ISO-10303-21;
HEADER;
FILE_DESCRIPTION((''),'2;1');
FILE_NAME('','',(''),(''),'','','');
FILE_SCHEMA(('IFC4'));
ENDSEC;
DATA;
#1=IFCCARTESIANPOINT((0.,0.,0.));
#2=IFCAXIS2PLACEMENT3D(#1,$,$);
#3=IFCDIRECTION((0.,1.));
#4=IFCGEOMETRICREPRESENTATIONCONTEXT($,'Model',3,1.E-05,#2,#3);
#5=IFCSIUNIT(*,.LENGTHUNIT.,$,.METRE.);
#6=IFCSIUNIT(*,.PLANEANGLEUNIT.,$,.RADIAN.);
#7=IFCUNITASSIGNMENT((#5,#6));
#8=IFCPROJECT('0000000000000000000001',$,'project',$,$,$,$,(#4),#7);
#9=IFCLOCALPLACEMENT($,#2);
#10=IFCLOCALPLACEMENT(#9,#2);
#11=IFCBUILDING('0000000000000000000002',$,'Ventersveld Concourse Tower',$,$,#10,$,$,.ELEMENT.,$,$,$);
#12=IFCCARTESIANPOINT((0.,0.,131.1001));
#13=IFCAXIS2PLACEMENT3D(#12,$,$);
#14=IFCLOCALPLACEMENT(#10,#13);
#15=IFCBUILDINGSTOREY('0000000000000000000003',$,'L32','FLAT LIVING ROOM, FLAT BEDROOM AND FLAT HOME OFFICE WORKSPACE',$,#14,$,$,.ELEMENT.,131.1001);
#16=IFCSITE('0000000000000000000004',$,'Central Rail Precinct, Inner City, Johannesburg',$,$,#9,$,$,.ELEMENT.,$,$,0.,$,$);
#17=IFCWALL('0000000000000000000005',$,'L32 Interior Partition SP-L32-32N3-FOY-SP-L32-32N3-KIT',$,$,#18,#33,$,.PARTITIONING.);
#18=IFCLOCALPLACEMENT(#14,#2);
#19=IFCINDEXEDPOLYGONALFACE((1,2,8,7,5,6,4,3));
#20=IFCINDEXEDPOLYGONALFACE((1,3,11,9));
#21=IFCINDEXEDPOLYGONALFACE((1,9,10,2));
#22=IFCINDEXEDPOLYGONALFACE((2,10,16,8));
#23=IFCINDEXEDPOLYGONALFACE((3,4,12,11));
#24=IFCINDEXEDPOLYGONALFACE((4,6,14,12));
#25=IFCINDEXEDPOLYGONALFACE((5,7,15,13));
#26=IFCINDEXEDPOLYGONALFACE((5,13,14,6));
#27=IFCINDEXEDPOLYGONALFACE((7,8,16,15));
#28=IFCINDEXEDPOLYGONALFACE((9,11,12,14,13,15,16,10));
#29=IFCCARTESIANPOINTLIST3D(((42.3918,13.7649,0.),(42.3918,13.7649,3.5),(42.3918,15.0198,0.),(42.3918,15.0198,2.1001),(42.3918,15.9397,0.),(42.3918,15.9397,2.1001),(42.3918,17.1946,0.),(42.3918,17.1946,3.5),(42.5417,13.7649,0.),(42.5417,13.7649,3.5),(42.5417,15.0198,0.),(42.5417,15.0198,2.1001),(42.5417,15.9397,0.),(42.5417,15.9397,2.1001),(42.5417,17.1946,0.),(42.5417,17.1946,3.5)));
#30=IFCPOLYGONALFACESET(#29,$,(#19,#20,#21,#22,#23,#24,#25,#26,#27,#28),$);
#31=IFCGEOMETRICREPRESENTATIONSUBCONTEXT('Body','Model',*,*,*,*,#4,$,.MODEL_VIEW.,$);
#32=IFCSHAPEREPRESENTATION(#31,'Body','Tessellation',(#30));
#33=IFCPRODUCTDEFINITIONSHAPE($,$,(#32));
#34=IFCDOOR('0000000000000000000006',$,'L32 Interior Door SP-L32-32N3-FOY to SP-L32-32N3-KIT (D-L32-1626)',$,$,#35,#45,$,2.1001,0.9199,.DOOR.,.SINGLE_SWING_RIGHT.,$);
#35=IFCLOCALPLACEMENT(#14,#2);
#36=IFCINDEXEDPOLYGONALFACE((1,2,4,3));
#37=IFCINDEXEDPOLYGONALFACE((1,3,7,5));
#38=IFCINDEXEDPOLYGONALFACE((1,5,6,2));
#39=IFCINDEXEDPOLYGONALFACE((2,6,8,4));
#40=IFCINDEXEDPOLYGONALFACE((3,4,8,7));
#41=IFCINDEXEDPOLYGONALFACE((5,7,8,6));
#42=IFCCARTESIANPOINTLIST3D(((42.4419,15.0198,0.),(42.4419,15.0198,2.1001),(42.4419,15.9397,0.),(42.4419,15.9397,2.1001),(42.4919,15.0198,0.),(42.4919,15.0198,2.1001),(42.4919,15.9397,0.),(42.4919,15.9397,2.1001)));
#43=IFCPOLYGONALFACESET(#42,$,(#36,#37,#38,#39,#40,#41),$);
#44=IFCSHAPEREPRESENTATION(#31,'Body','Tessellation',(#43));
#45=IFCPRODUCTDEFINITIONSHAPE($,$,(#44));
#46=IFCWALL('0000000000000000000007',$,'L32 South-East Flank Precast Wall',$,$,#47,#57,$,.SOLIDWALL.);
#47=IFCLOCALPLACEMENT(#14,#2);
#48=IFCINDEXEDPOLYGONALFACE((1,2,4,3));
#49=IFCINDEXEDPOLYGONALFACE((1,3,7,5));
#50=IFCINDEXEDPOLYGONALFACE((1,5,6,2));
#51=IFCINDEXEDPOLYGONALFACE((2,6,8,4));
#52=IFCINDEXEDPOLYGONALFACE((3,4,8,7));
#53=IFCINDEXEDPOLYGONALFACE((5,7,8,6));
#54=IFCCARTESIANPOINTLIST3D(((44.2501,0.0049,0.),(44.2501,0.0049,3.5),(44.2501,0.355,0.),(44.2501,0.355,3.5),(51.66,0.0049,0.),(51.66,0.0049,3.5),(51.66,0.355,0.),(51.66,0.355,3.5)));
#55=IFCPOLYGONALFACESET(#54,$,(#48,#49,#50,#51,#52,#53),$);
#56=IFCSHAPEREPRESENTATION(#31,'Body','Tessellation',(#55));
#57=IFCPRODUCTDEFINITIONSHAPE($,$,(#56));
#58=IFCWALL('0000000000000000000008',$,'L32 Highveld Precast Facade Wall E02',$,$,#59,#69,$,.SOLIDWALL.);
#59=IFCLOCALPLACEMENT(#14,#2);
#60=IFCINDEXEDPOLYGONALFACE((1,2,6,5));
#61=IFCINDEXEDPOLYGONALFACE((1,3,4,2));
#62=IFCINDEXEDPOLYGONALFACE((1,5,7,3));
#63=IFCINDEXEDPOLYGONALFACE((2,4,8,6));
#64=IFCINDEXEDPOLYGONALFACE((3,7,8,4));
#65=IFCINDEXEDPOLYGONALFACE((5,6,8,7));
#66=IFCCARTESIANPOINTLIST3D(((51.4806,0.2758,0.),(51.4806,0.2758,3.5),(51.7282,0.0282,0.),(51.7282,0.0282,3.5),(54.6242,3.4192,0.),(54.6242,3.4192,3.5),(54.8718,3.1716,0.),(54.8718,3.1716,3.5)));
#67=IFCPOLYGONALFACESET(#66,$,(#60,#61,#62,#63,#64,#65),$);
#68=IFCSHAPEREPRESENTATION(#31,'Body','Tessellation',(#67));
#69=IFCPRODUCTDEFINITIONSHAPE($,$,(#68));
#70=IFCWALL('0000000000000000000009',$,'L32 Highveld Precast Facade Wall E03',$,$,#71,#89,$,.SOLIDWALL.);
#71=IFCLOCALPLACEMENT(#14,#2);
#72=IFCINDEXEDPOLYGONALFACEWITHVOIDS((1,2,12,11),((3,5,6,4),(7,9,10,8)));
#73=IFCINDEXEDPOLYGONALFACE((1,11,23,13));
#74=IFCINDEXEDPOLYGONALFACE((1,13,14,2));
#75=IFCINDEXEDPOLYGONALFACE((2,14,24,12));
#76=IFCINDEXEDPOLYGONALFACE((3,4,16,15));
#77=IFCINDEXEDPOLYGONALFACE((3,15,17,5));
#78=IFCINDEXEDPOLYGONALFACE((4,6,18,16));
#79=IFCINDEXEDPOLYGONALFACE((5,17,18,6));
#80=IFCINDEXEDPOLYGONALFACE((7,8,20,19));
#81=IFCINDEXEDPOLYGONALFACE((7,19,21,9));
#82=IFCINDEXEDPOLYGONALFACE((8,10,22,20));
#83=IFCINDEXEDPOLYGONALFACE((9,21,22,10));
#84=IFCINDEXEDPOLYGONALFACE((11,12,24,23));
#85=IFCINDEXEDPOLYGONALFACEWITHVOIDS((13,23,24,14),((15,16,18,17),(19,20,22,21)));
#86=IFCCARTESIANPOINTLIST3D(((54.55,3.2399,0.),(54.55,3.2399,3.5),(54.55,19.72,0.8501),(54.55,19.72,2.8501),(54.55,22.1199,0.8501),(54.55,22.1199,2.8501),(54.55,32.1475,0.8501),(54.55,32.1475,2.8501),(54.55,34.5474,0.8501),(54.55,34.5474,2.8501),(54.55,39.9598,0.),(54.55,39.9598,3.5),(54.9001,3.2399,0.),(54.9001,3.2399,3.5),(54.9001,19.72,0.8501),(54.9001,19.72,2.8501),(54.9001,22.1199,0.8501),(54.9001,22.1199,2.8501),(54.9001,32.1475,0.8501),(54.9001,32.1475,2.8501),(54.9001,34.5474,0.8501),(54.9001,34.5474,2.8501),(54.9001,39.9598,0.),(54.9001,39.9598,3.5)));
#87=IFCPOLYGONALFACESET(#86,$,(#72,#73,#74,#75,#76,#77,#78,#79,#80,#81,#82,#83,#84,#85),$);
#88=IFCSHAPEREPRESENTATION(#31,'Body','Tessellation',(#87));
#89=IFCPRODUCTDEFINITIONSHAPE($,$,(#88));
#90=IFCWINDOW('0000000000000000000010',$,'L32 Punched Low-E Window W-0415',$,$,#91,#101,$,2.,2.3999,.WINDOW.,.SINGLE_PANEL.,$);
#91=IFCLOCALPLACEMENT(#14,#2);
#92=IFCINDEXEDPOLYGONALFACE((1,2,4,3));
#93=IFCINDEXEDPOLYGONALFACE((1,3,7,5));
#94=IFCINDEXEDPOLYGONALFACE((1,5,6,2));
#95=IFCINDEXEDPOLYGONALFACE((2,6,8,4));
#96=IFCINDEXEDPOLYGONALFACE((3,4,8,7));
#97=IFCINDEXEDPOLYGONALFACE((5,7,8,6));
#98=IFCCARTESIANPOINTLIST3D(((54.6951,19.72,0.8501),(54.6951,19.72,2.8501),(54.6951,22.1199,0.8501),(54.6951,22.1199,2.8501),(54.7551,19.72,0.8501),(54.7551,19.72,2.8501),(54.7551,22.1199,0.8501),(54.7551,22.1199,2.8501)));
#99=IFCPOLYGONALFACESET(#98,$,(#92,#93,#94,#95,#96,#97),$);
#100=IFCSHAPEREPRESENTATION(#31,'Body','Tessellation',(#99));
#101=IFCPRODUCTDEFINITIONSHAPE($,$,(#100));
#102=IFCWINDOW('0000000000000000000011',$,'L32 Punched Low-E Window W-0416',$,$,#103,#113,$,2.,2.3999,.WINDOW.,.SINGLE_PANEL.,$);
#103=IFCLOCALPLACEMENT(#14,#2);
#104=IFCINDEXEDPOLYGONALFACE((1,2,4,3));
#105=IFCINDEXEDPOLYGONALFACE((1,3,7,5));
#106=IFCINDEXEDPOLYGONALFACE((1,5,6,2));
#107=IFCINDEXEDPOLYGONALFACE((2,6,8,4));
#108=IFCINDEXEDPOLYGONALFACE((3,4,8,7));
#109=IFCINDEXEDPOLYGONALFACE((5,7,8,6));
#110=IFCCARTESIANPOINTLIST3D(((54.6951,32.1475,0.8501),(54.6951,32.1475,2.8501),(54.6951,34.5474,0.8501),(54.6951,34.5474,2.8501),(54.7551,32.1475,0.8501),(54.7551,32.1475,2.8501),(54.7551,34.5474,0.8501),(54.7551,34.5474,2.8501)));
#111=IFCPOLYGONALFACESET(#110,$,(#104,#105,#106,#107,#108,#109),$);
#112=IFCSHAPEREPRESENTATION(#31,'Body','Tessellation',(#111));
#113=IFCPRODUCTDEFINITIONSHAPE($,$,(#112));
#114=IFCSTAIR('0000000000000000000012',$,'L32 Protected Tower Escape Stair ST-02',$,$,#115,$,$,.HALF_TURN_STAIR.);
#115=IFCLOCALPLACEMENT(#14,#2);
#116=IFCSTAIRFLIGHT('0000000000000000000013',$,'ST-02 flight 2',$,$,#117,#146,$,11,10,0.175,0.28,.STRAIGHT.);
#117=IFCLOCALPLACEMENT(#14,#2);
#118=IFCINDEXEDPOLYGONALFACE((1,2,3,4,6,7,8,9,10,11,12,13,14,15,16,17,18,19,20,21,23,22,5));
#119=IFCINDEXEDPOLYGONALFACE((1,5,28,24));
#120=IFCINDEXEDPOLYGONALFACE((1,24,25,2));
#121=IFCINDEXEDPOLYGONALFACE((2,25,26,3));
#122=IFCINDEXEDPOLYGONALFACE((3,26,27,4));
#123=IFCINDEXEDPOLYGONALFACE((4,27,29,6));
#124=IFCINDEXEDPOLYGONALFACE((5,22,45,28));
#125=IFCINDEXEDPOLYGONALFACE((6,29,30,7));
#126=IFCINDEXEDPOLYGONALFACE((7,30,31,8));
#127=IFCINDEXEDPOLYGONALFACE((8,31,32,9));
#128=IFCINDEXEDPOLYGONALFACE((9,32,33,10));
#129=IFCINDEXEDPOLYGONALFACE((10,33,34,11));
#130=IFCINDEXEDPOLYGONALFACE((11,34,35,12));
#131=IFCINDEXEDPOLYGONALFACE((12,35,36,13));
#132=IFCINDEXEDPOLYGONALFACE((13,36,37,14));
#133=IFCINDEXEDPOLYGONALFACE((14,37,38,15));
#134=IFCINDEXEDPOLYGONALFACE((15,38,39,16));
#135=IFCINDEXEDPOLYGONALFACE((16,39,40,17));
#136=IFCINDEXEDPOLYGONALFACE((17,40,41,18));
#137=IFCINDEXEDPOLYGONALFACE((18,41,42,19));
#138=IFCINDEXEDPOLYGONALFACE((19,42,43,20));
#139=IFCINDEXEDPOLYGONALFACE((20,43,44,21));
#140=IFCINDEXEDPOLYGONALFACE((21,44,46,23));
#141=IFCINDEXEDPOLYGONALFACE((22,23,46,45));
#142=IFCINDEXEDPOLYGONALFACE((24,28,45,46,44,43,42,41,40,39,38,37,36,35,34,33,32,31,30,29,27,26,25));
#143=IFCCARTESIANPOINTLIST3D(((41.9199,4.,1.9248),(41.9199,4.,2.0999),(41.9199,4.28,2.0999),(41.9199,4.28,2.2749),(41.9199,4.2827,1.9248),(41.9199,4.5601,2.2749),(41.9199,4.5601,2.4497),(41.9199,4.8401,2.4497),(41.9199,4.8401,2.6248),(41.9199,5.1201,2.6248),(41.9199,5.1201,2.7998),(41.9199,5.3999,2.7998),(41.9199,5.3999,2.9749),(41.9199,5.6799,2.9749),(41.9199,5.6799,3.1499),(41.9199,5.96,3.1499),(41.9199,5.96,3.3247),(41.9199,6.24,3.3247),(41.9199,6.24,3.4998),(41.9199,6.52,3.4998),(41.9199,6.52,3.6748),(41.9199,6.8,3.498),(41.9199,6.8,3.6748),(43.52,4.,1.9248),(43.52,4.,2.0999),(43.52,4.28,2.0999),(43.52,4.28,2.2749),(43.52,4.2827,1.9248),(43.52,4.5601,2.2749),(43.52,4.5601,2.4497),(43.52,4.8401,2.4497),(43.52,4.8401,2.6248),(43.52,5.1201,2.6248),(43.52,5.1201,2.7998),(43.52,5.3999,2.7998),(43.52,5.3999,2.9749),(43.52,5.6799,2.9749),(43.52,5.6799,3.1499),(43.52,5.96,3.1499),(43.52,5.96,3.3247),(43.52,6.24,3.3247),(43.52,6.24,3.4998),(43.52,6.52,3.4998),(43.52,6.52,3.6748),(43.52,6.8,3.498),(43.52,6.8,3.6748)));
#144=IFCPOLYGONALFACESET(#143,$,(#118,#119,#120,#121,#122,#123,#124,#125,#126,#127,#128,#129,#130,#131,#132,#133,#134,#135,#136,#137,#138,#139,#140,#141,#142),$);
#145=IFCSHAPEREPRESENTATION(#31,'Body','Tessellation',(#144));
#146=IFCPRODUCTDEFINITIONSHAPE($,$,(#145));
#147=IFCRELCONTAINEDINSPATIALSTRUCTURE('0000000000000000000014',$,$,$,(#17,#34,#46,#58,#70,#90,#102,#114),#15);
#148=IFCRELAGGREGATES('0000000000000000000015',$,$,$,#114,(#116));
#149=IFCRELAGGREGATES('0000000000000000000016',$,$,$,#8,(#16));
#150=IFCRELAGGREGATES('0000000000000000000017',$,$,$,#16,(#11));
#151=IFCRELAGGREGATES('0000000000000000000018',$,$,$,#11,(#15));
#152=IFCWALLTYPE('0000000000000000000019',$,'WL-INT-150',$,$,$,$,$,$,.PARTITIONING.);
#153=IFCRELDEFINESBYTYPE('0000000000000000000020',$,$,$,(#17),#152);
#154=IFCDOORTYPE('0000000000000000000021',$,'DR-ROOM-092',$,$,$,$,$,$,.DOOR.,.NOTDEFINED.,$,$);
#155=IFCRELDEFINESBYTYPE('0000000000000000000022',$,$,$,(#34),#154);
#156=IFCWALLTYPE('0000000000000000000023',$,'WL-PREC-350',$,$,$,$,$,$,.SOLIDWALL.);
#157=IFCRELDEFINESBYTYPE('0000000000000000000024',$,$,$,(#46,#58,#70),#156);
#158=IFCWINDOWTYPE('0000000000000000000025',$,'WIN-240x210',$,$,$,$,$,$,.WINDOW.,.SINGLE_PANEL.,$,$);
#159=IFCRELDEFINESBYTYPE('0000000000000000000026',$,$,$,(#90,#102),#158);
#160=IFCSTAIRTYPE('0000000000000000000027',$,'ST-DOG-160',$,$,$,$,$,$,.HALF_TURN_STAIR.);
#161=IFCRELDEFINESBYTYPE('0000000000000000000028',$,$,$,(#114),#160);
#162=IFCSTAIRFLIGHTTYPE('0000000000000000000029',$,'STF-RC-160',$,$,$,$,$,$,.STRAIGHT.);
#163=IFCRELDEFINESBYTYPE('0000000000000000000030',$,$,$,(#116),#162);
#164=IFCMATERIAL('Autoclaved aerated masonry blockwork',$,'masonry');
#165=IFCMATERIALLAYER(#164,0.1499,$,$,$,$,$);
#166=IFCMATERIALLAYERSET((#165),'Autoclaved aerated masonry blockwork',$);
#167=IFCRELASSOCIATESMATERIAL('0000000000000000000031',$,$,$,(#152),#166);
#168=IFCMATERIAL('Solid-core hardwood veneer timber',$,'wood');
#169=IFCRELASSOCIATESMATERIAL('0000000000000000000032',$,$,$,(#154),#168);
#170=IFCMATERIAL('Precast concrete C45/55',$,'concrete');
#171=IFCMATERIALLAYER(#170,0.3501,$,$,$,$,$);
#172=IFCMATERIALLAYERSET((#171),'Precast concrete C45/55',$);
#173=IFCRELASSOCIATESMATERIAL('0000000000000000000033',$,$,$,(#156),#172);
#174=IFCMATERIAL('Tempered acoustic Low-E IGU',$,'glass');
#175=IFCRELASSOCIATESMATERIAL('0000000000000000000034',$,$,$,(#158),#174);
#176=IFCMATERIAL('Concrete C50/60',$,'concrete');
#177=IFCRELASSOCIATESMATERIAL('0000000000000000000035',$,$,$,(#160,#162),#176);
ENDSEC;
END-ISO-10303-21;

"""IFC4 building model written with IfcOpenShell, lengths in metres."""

from ifc_helpers import new_model, si_unit, direction, frame, frame_2d, origin, place, context, subcontext, project, spatial, polyline, rectangle, outline, extrude, material, layer, layer_set, type_object, element, fill, aggregate, save


model = new_model("IFC4")

# Units and contexts
model_context = context("Model", 3, precision=1e-05, world=origin(), true_north=direction((0.0, 1.0)))
body_context = subcontext(model_context, "Body", "Model", "MODEL_VIEW")
ifc_project = project(units=[si_unit("LENGTHUNIT", "METRE"), si_unit("PLANEANGLEUNIT", "RADIAN")], contexts=[model_context])

# Site, building, storey
site_placement = place(None, origin())
site = spatial("IfcSite", under=ifc_project, at=site_placement, Name="Central Rail Precinct, Inner City, Johannesburg", CompositionType="ELEMENT", RefElevation=0.0)
building_placement = place(site_placement, origin())
building = spatial("IfcBuilding", under=site, at=building_placement, Name="Ventersveld Concourse Tower", CompositionType="ELEMENT")
storey_placement = place(building_placement, frame((0.0, 0.0, 131.1001)))
storey = spatial("IfcBuildingStorey", under=building, at=storey_placement, Name="L32", Description="FLAT LIVING ROOM, FLAT BEDROOM AND FLAT HOME OFFICE WORKSPACE", CompositionType="ELEMENT", Elevation=131.1001)

# Shared definitions
ifc_material_1 = material(Name="Concrete C50/60", Category="concrete")

# Wall, opening, door
ifc_material_2 = material(Name="Autoclaved aerated masonry blockwork", Category="masonry")
ifc_layer_1 = layer(ifc_material_2, 0.1499)
ifc_layer_set_1 = layer_set([ifc_layer_1], Name="Autoclaved aerated masonry blockwork")
wall_type_1 = type_object("IfcWallType", Name="WL-INT-150", PredefinedType="PARTITIONING", material=ifc_layer_set_1)
wall_1_placement = place(storey_placement, frame((42.4668, 13.7649, 0.0), z_axis=(0.0, 0.0, 1.0), x_axis=(0.0, 1.0, 0.0)))
wall_1 = element("IfcWall", 1, at=wall_1_placement, inside=storey, type_object=wall_type_1, Name="L32 Interior Partition SP-L32-32N3-FOY-SP-L32-32N3-KIT", PredefinedType="PARTITIONING", context=body_context, shape_type="SweptSolid", body=[
    extrude(rectangle(XDim=3.4297, YDim=0.1499, at=frame_2d((1.7148, 0.0))), origin(), (0.0, 0.0, 1.0), 3.5),
])
opening_1_placement = place(wall_1_placement, frame((1.2549, 0.0, 0.0)))
opening_1 = element("IfcOpeningElement", 2, at=opening_1_placement, cuts=wall_1, PredefinedType="OPENING", context=body_context, shape_type="SweptSolid", body=[
    extrude(rectangle(XDim=0.9199, YDim=2.1001, at=frame_2d((0.46, 1.05))), frame((0.0, 0.085, 0.0), z_axis=(0.0, -1.0, 0.0), x_axis=(1.0, 0.0, 0.0)), (0.0, 0.0, 1.0), 0.1699),
])
ifc_material_3 = material(Name="Solid-core hardwood veneer timber", Category="wood")
door_type = type_object("IfcDoorType", Name="DR-ROOM-092", OperationType="NOTDEFINED", PredefinedType="DOOR", material=ifc_material_3)
door_placement = place(opening_1_placement, origin())
door = element("IfcDoor", 3, at=door_placement, inside=storey, type_object=door_type, Name="L32 Interior Door SP-L32-32N3-FOY to SP-L32-32N3-KIT (D-L32-1626)", OperationType="SINGLE_SWING_RIGHT", OverallHeight=2.1001, OverallWidth=0.9199, PredefinedType="DOOR", context=body_context, shape_type="SweptSolid", body=[
    extrude(rectangle(XDim=0.9199, YDim=2.1001, at=frame_2d((0.46, 1.05))), frame((0.0, 0.0249, 0.0), z_axis=(0.0, -1.0, 0.0), x_axis=(1.0, 0.0, 0.0)), (0.0, 0.0, 1.0), 0.05),
])
fill(opening_1, door)

# Walls
ifc_material_4 = material(Name="Precast concrete C45/55", Category="concrete")
ifc_layer_2 = layer(ifc_material_4, 0.3501)
ifc_layer_set_2 = layer_set([ifc_layer_2], Name="Precast concrete C45/55")
wall_type_2 = type_object("IfcWallType", Name="WL-PREC-350", PredefinedType="SOLIDWALL", material=ifc_layer_set_2)
wall_2_placement = place(storey_placement, frame((44.25, 0.1799, 0.0), z_axis=(0.0, 0.0, 1.0), x_axis=(1.0, 0.0, 0.0)))
element("IfcWall", 4, at=wall_2_placement, inside=storey, type_object=wall_type_2, Name="L32 South-East Flank Precast Wall", PredefinedType="SOLIDWALL", context=body_context, shape_type="SweptSolid", body=[
    extrude(rectangle(XDim=7.4099, YDim=0.3501, at=frame_2d((3.7051, 0.0))), origin(), (0.0, 0.0, 1.0), 3.5),
])
wall_3_placement = place(storey_placement, frame((51.6045, 0.1521, 0.0), z_axis=(0.0, 0.0, 1.0), x_axis=(0.707134, 0.707079, 0.0)))
element("IfcWall", 5, at=wall_3_placement, inside=storey, type_object=wall_type_2, Name="L32 Highveld Precast Facade Wall E02", PredefinedType="SOLIDWALL", context=body_context, shape_type="SweptSolid", body=[
    extrude(rectangle(XDim=4.4456, YDim=0.3501, at=frame_2d((2.2227, 0.0))), origin(), (0.0, 0.0, 1.0), 3.5),
])

# Wall, openings, windows
wall_4_placement = place(storey_placement, frame((54.7251, 3.24, 0.0), z_axis=(0.0, 0.0, 1.0), x_axis=(0.0, 1.0, 0.0)))
wall_4 = element("IfcWall", 6, at=wall_4_placement, inside=storey, type_object=wall_type_2, Name="L32 Highveld Precast Facade Wall E03", PredefinedType="SOLIDWALL", context=body_context, shape_type="SweptSolid", body=[
    extrude(rectangle(XDim=36.72, YDim=0.3501, at=frame_2d((18.3599, 0.0))), origin(), (0.0, 0.0, 1.0), 3.5),
])
opening_2_placement = place(wall_4_placement, frame((16.48, 0.0, 0.8501)))
opening_2 = element("IfcOpeningElement", 7, at=opening_2_placement, cuts=wall_4, PredefinedType="OPENING", context=body_context, shape_type="SweptSolid", body=[
    extrude(rectangle(XDim=2.3999, YDim=2.0, at=frame_2d((1.2, 1.0))), frame((0.0, 0.1851, 0.0), z_axis=(0.0, -1.0, 0.0), x_axis=(1.0, 0.0, 0.0)), (0.0, 0.0, 1.0), 0.3701),
])
opening_3_placement = place(wall_4_placement, frame((28.9075, 0.0, 0.8501)))
opening_3 = element("IfcOpeningElement", 8, at=opening_3_placement, cuts=wall_4, PredefinedType="OPENING", context=body_context, shape_type="SweptSolid", body=[
    extrude(rectangle(XDim=2.3999, YDim=2.0, at=frame_2d((1.2, 1.0))), frame((0.0, 0.1851, 0.0), z_axis=(0.0, -1.0, 0.0), x_axis=(1.0, 0.0, 0.0)), (0.0, 0.0, 1.0), 0.3701),
])
ifc_material_5 = material(Name="Tempered acoustic Low-E IGU", Category="glass")
window_type = type_object("IfcWindowType", Name="WIN-240x210", PartitioningType="SINGLE_PANEL", PredefinedType="WINDOW", material=ifc_material_5)
window_1_placement = place(opening_2_placement, origin())
window_1 = element("IfcWindow", 9, at=window_1_placement, inside=storey, type_object=window_type, Name="L32 Punched Low-E Window W-0415", OverallHeight=2.0, OverallWidth=2.3999, PartitioningType="SINGLE_PANEL", PredefinedType="WINDOW", context=body_context, shape_type="SweptSolid", body=[
    extrude(rectangle(XDim=2.3999, YDim=2.0, at=frame_2d((1.2, 1.0))), frame((0.0, 0.03, 0.0), z_axis=(0.0, -1.0, 0.0), x_axis=(1.0, 0.0, 0.0)), (0.0, 0.0, 1.0), 0.0601),
])
fill(opening_2, window_1)
window_2_placement = place(opening_3_placement, origin())
window_2 = element("IfcWindow", 10, at=window_2_placement, inside=storey, type_object=window_type, Name="L32 Punched Low-E Window W-0416", OverallHeight=2.0, OverallWidth=2.3999, PartitioningType="SINGLE_PANEL", PredefinedType="WINDOW", context=body_context, shape_type="SweptSolid", body=[
    extrude(rectangle(XDim=2.3999, YDim=2.0, at=frame_2d((1.2, 1.0))), frame((0.0, 0.03, 0.0), z_axis=(0.0, -1.0, 0.0), x_axis=(1.0, 0.0, 0.0)), (0.0, 0.0, 1.0), 0.0601),
])
fill(opening_3, window_2)

# Stair, stair flight
stair_type = type_object("IfcStairType", Name="ST-DOG-160", PredefinedType="HALF_TURN_STAIR", material=ifc_material_1)
stair_placement = place(storey_placement, origin())
stair = element("IfcStair", 11, at=stair_placement, inside=storey, type_object=stair_type, Name="L32 Protected Tower Escape Stair ST-02", PredefinedType="HALF_TURN_STAIR")
stair_flight_type = type_object("IfcStairFlightType", Name="STF-RC-160", PredefinedType="STRAIGHT", material=ifc_material_1)
stair_flight_placement = place(storey_placement, frame((42.72, 4.0, 1.9248), z_axis=(0.0, 0.0, 1.0), x_axis=(0.0, 1.0, 0.0)))
stair_flight = element("IfcStairFlight", 12, at=stair_flight_placement, type_object=stair_flight_type, Name="ST-02 flight 2", NumberOfRisers=11, NumberOfTreads=10, PredefinedType="STRAIGHT", RiserHeight=0.175, TreadLength=0.28, context=body_context, shape_type="SweptSolid", body=[
    extrude(outline(polyline([(0.0, 0.0), (0.0, 0.175), (0.28, 0.175), (0.28, 0.3501), (0.5601, 0.3501), (0.5601, 0.5249), (0.8401, 0.5249), (0.8401, 0.7), (1.1201, 0.7), (1.1201, 0.875), (1.3999, 0.875), (1.3999, 1.05), (1.6799, 1.05), (1.6799, 1.2251), (1.96, 1.2251), (1.96, 1.3999), (2.24, 1.3999), (2.24, 1.575), (2.52, 1.575), (2.52, 1.75), (2.8, 1.75), (2.8, 1.925), (2.8, 1.5732), (0.2827, 0.0), (0.0, 0.0)])), frame((0.0, 0.8, 0.0), z_axis=(0.0, -1.0, 0.0), x_axis=(1.0, 0.0, 0.0)), (0.0, 0.0, 1.0), 1.6001),
])
aggregate(stair, [stair_flight])

save(model, "model.ifc")
